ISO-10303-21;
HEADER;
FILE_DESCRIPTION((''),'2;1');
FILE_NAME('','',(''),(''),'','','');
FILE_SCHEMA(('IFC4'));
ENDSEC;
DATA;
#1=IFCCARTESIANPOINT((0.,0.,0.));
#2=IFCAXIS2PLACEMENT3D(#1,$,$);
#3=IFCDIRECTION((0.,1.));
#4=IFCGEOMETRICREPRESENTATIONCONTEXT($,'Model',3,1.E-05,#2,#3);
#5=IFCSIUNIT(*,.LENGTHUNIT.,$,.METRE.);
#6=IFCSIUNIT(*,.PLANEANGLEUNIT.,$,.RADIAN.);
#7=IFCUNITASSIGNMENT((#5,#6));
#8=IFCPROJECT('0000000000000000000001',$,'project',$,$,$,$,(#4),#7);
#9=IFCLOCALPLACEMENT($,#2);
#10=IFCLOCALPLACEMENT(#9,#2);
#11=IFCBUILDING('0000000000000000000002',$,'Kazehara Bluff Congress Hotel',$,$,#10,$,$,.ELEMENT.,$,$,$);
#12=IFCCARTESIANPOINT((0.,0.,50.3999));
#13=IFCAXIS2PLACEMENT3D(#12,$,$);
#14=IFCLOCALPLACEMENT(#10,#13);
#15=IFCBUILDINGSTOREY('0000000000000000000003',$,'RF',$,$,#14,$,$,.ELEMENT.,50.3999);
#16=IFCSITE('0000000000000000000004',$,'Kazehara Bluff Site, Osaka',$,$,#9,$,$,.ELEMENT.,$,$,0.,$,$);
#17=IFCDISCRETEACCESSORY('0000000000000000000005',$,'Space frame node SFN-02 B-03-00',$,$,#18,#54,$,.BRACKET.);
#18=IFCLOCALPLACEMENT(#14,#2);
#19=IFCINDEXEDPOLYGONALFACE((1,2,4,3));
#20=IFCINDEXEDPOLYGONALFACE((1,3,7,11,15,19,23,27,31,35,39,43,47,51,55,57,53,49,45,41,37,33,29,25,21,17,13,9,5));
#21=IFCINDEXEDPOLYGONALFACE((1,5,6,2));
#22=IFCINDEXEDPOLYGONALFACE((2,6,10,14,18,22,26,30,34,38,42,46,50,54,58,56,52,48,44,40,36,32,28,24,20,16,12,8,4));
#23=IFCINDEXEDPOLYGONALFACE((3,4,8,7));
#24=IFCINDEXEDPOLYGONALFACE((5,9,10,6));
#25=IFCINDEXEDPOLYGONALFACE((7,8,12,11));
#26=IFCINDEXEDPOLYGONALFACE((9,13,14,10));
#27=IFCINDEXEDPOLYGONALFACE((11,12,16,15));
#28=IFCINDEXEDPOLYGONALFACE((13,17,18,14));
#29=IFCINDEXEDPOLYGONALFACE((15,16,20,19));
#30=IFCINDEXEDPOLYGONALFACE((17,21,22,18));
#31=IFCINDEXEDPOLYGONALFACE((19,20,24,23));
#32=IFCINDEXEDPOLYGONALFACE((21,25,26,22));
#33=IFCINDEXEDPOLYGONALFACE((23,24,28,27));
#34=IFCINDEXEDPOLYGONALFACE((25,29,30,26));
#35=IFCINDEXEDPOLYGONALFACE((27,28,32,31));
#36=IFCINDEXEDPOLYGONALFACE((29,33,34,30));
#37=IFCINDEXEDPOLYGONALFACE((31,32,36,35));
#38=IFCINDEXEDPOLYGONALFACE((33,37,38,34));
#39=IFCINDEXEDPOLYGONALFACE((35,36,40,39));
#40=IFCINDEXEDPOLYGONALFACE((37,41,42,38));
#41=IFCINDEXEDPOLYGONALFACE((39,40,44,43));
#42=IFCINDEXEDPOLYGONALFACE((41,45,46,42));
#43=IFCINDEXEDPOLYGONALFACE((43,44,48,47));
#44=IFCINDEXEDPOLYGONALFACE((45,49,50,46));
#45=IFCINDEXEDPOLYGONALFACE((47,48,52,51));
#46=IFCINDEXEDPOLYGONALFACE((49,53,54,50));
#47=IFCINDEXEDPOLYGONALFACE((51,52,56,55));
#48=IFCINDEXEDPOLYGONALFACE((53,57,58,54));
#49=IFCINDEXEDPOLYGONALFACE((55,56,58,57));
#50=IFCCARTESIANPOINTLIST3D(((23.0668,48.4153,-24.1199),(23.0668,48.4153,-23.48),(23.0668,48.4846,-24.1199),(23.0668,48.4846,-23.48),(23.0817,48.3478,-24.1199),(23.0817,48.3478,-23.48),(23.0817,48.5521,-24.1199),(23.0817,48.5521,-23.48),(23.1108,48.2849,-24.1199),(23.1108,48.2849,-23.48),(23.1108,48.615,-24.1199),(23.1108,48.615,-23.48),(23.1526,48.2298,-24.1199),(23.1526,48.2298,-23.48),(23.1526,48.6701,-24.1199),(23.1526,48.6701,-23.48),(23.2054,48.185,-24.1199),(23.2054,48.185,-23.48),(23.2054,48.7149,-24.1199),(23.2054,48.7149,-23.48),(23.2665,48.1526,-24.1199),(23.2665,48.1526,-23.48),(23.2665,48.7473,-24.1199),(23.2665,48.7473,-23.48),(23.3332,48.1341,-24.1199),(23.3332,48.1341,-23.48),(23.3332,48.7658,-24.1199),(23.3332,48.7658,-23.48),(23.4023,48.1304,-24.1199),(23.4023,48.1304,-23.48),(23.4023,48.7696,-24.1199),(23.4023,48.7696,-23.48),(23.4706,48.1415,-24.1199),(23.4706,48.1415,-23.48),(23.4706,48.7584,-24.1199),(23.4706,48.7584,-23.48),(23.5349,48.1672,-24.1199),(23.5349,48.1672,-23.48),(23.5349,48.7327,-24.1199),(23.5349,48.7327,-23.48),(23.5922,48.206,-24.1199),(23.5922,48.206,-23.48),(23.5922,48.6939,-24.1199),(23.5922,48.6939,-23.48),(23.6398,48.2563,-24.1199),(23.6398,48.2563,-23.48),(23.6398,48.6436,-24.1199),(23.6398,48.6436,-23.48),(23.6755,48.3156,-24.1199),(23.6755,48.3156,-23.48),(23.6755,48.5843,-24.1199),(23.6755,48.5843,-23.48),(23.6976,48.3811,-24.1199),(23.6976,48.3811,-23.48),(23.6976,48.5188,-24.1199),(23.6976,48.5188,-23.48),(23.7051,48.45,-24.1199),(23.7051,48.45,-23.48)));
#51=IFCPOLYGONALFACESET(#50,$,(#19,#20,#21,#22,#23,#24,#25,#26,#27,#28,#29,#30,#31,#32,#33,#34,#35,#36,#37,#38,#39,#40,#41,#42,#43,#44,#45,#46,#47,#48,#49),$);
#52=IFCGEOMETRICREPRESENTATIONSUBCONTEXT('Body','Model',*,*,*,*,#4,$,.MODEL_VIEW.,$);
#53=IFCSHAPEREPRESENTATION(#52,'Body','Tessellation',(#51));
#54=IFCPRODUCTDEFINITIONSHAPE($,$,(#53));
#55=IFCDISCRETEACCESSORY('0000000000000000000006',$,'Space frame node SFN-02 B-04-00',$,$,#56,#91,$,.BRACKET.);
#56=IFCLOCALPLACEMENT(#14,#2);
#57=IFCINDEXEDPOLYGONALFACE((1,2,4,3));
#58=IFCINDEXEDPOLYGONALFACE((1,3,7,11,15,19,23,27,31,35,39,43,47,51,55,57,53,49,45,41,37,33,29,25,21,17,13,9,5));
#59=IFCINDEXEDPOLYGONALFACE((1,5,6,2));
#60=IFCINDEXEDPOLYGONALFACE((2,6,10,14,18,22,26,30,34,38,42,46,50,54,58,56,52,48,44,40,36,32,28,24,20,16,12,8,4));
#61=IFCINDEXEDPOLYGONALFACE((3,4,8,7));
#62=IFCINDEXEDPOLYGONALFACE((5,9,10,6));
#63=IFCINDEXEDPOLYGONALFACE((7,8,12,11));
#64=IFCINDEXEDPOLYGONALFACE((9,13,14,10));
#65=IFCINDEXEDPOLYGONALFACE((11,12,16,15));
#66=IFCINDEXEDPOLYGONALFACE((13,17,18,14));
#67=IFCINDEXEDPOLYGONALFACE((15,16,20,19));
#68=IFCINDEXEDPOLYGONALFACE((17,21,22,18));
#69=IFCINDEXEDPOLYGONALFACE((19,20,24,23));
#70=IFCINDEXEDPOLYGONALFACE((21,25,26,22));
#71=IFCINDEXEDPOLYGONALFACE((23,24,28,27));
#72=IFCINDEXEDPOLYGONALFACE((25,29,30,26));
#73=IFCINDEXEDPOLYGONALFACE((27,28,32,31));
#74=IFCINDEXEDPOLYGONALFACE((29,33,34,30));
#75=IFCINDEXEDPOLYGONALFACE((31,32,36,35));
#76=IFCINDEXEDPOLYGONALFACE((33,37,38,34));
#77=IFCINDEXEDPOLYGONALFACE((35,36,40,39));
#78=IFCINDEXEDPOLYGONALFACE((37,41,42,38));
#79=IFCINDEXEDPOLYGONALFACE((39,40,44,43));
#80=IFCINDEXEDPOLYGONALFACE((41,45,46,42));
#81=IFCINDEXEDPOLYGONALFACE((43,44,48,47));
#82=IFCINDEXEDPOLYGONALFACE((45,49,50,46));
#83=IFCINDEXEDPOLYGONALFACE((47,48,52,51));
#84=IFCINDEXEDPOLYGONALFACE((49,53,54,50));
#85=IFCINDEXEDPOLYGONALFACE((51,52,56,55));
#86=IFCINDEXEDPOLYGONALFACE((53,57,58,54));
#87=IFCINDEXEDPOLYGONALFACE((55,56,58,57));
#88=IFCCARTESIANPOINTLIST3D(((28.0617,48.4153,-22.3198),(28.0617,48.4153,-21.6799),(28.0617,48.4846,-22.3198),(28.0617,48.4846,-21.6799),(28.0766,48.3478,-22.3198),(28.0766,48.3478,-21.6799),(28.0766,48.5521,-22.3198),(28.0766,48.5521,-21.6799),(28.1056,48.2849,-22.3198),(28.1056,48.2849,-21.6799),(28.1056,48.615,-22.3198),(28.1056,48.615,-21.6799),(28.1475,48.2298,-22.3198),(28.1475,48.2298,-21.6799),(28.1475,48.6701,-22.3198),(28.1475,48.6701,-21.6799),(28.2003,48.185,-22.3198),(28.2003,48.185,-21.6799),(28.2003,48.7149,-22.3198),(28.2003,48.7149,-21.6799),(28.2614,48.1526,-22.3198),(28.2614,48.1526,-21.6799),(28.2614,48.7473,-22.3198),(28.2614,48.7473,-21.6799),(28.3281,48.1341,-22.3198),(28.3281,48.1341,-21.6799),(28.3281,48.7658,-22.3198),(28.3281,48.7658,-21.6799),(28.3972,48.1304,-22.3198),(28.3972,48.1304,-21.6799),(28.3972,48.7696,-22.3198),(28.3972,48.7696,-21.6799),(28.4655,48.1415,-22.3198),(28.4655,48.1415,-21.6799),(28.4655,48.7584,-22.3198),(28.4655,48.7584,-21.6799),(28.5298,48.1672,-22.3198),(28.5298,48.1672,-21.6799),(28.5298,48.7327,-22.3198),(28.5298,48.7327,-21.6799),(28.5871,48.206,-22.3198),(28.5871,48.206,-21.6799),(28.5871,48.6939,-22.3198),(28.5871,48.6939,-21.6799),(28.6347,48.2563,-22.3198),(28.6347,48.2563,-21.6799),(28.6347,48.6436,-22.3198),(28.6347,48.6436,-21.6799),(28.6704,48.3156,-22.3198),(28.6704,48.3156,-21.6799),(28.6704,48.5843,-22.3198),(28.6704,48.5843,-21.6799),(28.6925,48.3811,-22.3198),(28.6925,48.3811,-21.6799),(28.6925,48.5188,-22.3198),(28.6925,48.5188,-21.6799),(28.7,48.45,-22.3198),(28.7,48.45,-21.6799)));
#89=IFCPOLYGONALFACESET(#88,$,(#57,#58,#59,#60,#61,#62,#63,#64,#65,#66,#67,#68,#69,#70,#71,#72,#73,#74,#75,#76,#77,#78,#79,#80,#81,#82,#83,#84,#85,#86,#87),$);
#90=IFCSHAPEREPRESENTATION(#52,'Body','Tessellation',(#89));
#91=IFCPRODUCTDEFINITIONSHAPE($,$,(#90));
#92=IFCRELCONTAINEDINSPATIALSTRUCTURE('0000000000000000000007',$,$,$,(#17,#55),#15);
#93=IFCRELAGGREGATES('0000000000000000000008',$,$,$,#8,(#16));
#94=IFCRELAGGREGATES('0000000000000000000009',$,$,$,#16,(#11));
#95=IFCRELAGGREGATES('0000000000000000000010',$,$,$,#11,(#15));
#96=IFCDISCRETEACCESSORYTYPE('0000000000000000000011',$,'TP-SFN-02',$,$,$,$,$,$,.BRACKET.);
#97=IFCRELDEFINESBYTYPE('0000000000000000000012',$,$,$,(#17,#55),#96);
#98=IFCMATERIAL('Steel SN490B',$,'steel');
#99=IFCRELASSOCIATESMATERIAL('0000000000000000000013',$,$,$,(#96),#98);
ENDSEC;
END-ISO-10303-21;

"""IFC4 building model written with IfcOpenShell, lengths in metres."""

from ifc_helpers import new_model, si_unit, direction, frame, origin, origin_2d, place, context, subcontext, project, spatial, circle, extrude, material, material_profile, profile_set, type_object, element, save


model = new_model("IFC4")

# Units and contexts
model_context = context("Model", 3, precision=1e-05, world=origin(), true_north=direction((0.0, 1.0)))
body_context = subcontext(model_context, "Body", "Model", "MODEL_VIEW")
ifc_project = project(units=[si_unit("LENGTHUNIT", "METRE"), si_unit("PLANEANGLEUNIT", "RADIAN")], contexts=[model_context])

# Site, building, storey
site_placement = place(None, origin())
site = spatial("IfcSite", under=ifc_project, at=site_placement, Name="Kazehara Bluff Site, Osaka", CompositionType="ELEMENT", RefElevation=0.0)
building_placement = place(site_placement, origin())
building = spatial("IfcBuilding", under=site, at=building_placement, Name="Kazehara Bluff Congress Hotel", CompositionType="ELEMENT")
storey_placement = place(building_placement, frame((0.0, 0.0, 50.3999)))
storey = spatial("IfcBuildingStorey", under=building, at=storey_placement, Name="RF", CompositionType="ELEMENT", Elevation=50.3999)

# Discrete accessories
ifc_material_1 = material(Name="Steel SN490B", Category="steel")
ifc_material_profile_1 = material_profile(ifc_material_1, circle(Radius=0.3201, at=origin_2d()))
ifc_profile_set_1 = profile_set([ifc_material_profile_1], Name="Steel SN490B")
discrete_accessory_type_1 = type_object("IfcDiscreteAccessoryType", Name="TP-SFN-02", PredefinedType="BRACKET", material=ifc_profile_set_1)
for number, where, z_axis, x_axis, name in (
    (1, (23.385, 48.45, -24.1199), (0.0, 0.0, 1.0), (1.0, 0.0, 0.0), "Space frame node SFN-02 B-03-00"),
    (2, (28.3799, 48.45, -22.3198), (0.0, 0.0, 1.0), (1.0, 0.0, 0.0), "Space frame node SFN-02 B-04-00"),
):
    element("IfcDiscreteAccessory", number, at=place(storey_placement, frame(where, z_axis=z_axis, x_axis=x_axis)), inside=storey, type_object=discrete_accessory_type_1, Name=name, PredefinedType="BRACKET", context=body_context, shape_type="SweptSolid", body=[
        extrude(circle(Radius=0.3201, at=origin_2d()), origin(), (0.0, 0.0, 1.0), 0.6399),
    ])

save(model, "model.ifc")
